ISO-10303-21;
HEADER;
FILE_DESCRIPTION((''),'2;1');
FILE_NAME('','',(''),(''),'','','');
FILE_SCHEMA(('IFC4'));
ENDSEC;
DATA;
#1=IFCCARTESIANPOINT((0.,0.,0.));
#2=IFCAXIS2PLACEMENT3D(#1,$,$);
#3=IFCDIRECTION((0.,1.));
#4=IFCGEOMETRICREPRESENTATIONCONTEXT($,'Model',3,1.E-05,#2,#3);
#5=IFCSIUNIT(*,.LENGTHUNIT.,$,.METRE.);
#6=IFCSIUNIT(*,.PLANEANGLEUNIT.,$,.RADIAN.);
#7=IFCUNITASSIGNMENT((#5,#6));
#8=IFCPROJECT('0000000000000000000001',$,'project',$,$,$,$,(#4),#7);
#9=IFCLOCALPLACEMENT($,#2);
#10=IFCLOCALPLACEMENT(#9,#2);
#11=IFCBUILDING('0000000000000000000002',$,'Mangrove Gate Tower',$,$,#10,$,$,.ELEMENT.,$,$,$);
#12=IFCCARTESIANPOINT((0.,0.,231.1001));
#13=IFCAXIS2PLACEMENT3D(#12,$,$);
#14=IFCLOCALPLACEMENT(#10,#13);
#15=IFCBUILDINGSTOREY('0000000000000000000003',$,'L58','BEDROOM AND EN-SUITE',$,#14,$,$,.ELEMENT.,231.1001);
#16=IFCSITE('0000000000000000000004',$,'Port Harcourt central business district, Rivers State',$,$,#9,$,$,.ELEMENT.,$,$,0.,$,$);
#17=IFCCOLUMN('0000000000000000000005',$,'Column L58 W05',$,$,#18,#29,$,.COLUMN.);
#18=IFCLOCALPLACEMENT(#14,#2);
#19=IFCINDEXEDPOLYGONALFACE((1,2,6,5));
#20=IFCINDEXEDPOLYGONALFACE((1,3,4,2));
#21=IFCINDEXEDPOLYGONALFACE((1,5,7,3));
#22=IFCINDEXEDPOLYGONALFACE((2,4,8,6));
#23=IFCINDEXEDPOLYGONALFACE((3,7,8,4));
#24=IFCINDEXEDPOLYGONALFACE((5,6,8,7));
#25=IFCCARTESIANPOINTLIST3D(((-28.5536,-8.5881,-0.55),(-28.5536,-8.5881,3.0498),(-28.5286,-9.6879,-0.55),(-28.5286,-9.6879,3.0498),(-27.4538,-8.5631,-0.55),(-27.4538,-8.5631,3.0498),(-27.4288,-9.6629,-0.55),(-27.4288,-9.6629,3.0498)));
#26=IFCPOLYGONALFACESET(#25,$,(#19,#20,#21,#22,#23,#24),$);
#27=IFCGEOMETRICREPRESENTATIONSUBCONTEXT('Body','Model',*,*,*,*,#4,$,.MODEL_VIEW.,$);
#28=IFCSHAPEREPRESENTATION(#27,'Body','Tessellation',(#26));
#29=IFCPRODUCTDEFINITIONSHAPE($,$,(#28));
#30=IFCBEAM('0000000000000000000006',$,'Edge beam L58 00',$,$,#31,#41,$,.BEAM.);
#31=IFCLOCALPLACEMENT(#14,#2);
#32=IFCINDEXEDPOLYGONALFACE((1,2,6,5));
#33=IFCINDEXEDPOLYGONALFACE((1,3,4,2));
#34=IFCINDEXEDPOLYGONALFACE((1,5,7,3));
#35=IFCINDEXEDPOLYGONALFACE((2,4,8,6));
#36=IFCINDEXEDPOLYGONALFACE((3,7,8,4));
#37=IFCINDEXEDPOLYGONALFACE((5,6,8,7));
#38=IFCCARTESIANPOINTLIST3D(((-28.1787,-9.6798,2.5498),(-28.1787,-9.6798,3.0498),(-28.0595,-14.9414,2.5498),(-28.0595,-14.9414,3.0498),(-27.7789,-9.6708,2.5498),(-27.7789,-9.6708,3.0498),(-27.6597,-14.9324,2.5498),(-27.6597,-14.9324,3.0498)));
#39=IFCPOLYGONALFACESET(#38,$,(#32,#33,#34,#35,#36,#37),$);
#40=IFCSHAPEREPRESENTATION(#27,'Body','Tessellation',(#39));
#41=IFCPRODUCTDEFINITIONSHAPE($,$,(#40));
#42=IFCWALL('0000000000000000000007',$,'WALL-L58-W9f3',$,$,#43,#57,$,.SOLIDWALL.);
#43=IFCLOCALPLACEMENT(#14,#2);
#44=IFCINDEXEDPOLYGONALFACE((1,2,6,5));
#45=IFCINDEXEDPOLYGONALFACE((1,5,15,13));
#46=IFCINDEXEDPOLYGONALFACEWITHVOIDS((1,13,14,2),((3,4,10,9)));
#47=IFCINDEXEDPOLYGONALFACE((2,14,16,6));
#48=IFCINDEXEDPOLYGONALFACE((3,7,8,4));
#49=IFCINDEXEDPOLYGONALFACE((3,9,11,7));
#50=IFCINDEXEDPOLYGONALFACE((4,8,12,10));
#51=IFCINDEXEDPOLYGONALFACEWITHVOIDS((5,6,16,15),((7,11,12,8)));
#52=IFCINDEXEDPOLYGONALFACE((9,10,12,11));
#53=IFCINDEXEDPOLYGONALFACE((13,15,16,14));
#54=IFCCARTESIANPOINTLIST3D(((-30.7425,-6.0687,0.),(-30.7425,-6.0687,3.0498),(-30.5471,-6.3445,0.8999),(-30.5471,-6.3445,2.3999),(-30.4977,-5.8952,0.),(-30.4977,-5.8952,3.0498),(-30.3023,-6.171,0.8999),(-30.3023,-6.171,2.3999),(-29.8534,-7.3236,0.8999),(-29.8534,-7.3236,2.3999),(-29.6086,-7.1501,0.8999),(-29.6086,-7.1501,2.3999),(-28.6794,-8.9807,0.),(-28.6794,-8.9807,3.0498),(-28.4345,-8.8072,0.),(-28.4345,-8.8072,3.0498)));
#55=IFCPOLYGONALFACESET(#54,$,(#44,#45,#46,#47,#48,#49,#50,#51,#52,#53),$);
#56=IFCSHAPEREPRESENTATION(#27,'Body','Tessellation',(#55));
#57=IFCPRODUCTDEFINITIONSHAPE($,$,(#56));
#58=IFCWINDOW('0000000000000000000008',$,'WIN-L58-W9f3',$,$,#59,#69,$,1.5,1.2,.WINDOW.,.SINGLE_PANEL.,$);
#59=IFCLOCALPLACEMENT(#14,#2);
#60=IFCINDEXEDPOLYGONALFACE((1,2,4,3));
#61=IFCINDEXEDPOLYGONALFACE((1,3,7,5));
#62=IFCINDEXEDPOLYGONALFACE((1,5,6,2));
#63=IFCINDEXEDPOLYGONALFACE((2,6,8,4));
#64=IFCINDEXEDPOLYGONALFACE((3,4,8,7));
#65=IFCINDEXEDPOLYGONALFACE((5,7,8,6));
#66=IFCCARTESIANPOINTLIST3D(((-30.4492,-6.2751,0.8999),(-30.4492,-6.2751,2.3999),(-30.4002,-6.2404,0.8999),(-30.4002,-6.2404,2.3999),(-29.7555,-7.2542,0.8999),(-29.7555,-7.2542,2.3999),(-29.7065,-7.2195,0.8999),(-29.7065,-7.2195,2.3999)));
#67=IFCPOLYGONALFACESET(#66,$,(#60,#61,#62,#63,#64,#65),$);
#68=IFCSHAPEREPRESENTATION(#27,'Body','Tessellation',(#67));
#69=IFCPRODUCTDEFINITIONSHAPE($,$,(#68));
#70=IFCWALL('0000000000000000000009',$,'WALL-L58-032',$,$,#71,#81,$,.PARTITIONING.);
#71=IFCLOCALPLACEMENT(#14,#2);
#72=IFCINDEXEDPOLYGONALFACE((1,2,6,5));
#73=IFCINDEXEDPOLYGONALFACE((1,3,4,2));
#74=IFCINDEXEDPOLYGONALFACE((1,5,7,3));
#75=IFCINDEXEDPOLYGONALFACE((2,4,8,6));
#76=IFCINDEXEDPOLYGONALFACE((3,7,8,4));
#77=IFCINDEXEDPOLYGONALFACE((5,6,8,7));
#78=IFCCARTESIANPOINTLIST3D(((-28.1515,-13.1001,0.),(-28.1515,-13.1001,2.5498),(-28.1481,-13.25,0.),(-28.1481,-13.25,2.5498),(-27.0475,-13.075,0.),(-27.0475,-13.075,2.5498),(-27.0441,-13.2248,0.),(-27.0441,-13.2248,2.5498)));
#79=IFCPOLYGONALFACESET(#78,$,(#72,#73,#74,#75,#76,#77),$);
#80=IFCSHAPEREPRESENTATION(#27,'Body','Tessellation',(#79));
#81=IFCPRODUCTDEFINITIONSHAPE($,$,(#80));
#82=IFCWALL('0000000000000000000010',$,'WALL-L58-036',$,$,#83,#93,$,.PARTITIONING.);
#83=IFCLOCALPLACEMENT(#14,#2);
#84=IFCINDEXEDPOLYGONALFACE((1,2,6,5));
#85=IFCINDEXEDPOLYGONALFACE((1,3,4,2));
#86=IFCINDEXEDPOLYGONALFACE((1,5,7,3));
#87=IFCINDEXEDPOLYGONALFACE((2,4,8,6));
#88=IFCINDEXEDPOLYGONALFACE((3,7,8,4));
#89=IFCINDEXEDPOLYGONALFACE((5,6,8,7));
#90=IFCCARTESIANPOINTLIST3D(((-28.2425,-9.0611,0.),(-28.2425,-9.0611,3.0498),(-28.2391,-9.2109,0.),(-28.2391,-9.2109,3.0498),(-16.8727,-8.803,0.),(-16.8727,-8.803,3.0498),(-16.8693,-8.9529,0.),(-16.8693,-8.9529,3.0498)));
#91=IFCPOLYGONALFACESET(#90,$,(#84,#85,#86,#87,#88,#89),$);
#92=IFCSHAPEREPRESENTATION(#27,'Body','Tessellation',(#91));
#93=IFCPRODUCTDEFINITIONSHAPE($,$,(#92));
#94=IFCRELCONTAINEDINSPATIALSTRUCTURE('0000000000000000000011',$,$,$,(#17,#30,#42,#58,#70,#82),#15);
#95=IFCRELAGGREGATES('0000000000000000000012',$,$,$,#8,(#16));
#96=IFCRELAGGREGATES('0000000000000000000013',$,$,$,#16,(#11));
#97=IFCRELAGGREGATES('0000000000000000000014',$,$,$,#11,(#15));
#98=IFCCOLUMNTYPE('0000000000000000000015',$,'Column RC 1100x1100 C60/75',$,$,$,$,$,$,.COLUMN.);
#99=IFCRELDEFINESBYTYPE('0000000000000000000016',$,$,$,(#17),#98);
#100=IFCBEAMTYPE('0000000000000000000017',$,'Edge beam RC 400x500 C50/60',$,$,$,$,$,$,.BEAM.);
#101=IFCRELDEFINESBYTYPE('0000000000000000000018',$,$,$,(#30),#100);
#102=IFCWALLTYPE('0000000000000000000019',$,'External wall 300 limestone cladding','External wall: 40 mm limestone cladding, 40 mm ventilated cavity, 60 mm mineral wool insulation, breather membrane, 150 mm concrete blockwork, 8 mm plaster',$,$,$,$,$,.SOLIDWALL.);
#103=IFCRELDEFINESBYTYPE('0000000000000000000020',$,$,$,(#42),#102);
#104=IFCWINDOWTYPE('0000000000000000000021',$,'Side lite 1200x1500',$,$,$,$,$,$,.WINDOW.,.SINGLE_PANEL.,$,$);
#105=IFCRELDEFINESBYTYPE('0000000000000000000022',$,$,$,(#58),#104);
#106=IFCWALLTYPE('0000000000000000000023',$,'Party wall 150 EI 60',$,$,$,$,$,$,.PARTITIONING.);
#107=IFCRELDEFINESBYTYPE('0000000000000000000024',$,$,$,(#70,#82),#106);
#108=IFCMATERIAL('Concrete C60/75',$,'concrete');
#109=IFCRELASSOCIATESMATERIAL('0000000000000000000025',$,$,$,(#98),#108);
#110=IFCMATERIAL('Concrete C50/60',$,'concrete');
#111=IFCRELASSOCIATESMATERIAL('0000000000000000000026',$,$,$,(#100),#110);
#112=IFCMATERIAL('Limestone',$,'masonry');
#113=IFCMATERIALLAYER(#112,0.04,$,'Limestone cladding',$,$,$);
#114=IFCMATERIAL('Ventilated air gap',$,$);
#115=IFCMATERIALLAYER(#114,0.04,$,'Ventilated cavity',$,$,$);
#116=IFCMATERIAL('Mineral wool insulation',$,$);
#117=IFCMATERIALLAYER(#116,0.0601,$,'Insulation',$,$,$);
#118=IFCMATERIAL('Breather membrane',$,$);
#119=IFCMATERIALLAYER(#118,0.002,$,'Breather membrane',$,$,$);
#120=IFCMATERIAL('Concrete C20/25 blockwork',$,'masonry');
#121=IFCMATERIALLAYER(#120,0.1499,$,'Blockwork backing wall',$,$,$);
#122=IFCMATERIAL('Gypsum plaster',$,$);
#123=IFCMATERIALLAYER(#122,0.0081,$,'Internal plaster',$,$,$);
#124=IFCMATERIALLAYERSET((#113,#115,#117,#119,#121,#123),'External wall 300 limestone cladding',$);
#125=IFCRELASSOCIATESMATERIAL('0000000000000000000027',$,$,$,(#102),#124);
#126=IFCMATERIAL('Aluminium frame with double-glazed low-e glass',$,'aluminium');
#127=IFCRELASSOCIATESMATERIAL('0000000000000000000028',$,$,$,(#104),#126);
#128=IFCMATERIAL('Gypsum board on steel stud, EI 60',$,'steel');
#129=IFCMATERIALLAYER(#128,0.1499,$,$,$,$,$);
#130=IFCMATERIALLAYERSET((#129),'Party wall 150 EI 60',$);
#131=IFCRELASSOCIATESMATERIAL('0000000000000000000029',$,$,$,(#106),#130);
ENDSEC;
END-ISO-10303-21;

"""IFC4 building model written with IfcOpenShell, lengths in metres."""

from ifc_helpers import new_model, si_unit, direction, frame, frame_2d, origin, origin_2d, place, context, subcontext, project, spatial, rectangle, extrude, material, layer, layer_set, material_profile, profile_set, type_object, element, fill, save


model = new_model("IFC4")

# Units and contexts
model_context = context("Model", 3, precision=1e-05, world=origin(), true_north=direction((0.0, 1.0)))
body_context = subcontext(model_context, "Body", "Model", "MODEL_VIEW")
ifc_project = project(units=[si_unit("LENGTHUNIT", "METRE"), si_unit("PLANEANGLEUNIT", "RADIAN")], contexts=[model_context])

# Site, building, storey
site_placement = place(None, origin())
site = spatial("IfcSite", under=ifc_project, at=site_placement, Name="Port Harcourt central business district, Rivers State", CompositionType="ELEMENT", RefElevation=0.0)
building_placement = place(site_placement, origin())
building = spatial("IfcBuilding", under=site, at=building_placement, Name="Mangrove Gate Tower", CompositionType="ELEMENT")
storey_placement = place(building_placement, frame((0.0, 0.0, 231.1001)))
storey = spatial("IfcBuildingStorey", under=building, at=storey_placement, Name="L58", Description="BEDROOM AND EN-SUITE", CompositionType="ELEMENT", Elevation=231.1001)

# Column
ifc_material_1 = material(Name="Concrete C60/75", Category="concrete")
ifc_material_profile_1 = material_profile(ifc_material_1, rectangle(XDim=1.1001, YDim=1.1001, at=origin_2d()))
ifc_profile_set_1 = profile_set([ifc_material_profile_1], Name="Concrete C60/75")
column_type = type_object("IfcColumnType", Name="Column RC 1100x1100 C60/75", PredefinedType="COLUMN", material=ifc_profile_set_1)
column_placement = place(storey_placement, frame((-27.9912, -9.1255, -0.55), z_axis=(0.0, 0.0, 1.0), x_axis=(0.022672, -0.999743, 0.0)))
element("IfcColumn", 1, at=column_placement, inside=storey, type_object=column_type, Name="Column L58 W05", PredefinedType="COLUMN", context=body_context, shape_type="SweptSolid", body=[
    extrude(rectangle(XDim=1.1001, YDim=1.1001, at=origin_2d()), origin(), (0.0, 0.0, 1.0), 3.5999),
])

# Beam
ifc_material_2 = material(Name="Concrete C50/60", Category="concrete")
ifc_material_profile_2 = material_profile(ifc_material_2, rectangle(XDim=0.3999, YDim=0.5, at=origin_2d()))
ifc_profile_set_2 = profile_set([ifc_material_profile_2], Name="Concrete C50/60")
beam_type = type_object("IfcBeamType", Name="Edge beam RC 400x500 C50/60", PredefinedType="BEAM", material=ifc_profile_set_2)
beam_placement = place(storey_placement, frame((-27.9788, -9.6753, 2.7998), z_axis=(0.022638, -0.999744, 0.0), x_axis=(0.999744, 0.022638, 0.0)))
element("IfcBeam", 2, at=beam_placement, inside=storey, type_object=beam_type, Name="Edge beam L58 00", PredefinedType="BEAM", context=body_context, shape_type="SweptSolid", body=[
    extrude(rectangle(XDim=0.3999, YDim=0.5, at=origin_2d()), origin(), (0.0, 0.0, 1.0), 5.2629),
])

# Wall, opening, window
ifc_material_3 = material(Name="Limestone", Category="masonry")
ifc_layer_1 = layer(ifc_material_3, 0.04, Name="Limestone cladding")
ifc_material_4 = material(Name="Ventilated air gap")
ifc_layer_2 = layer(ifc_material_4, 0.04, Name="Ventilated cavity")
ifc_material_5 = material(Name="Mineral wool insulation")
ifc_layer_3 = layer(ifc_material_5, 0.0601, Name="Insulation")
ifc_material_6 = material(Name="Breather membrane")
ifc_layer_4 = layer(ifc_material_6, 0.002, Name="Breather membrane")
ifc_material_7 = material(Name="Concrete C20/25 blockwork", Category="masonry")
ifc_layer_5 = layer(ifc_material_7, 0.1499, Name="Blockwork backing wall")
ifc_material_8 = material(Name="Gypsum plaster")
ifc_layer_6 = layer(ifc_material_8, 0.0081, Name="Internal plaster")
ifc_layer_set_1 = layer_set([ifc_layer_1, ifc_layer_2, ifc_layer_3, ifc_layer_4, ifc_layer_5, ifc_layer_6], Name="External wall 300 limestone cladding")
wall_type_1 = type_object("IfcWallType", Name="External wall 300 limestone cladding", Description="External wall: 40 mm limestone cladding, 40 mm ventilated cavity, 60 mm mineral wool insulation, breather membrane, 150 mm concrete blockwork, 8 mm plaster", PredefinedType="SOLIDWALL", material=ifc_layer_set_1)
wall_1_placement = place(storey_placement, frame((-30.6201, -5.9819, 0.0), z_axis=(0.0, 0.0, 1.0), x_axis=(0.578108, -0.81596, 0.0)))
wall_1 = element("IfcWall", 3, at=wall_1_placement, inside=storey, type_object=wall_type_1, Name="WALL-L58-W9f3", PredefinedType="SOLIDWALL", context=body_context, shape_type="SweptSolid", body=[
    extrude(rectangle(XDim=3.5688, YDim=0.3, at=frame_2d((1.7844, 0.0))), origin(), (0.0, 0.0, 1.0), 3.0498),
])
opening_1_placement = place(wall_1_placement, frame((0.3379, 0.0, 0.8999)))
opening_1 = element("IfcOpeningElement", 4, at=opening_1_placement, cuts=wall_1, PredefinedType="OPENING", context=body_context, shape_type="SweptSolid", body=[
    extrude(rectangle(XDim=1.2, YDim=1.5, at=frame_2d((0.6001, 0.75))), frame((0.0, 0.1599, 0.0), z_axis=(0.0, -1.0, 0.0), x_axis=(1.0, 0.0, 0.0)), (0.0, 0.0, 1.0), 0.3201),
])
ifc_material_9 = material(Name="Aluminium frame with double-glazed low-e glass", Category="aluminium")
window_type_1 = type_object("IfcWindowType", Name="Side lite 1200x1500", PartitioningType="SINGLE_PANEL", PredefinedType="WINDOW", material=ifc_material_9)
window_1_placement = place(opening_1_placement, origin())
window_1 = element("IfcWindow", 5, at=window_1_placement, inside=storey, type_object=window_type_1, Name="WIN-L58-W9f3", OverallHeight=1.5, OverallWidth=1.2, PartitioningType="SINGLE_PANEL", PredefinedType="WINDOW", context=body_context, shape_type="SweptSolid", body=[
    extrude(rectangle(XDim=1.2, YDim=1.5, at=frame_2d((0.6001, 0.75))), frame((0.0, 0.03, 0.0), z_axis=(0.0, -1.0, 0.0), x_axis=(1.0, 0.0, 0.0)), (0.0, 0.0, 1.0), 0.0601),
])
fill(opening_1, window_1)

# Walls
ifc_material_10 = material(Name="Gypsum board on steel stud, EI 60", Category="steel")
ifc_layer_7 = layer(ifc_material_10, 0.1499)
ifc_layer_set_2 = layer_set([ifc_layer_7], Name="Party wall 150 EI 60")
wall_type_2 = type_object("IfcWallType", Name="Party wall 150 EI 60", PredefinedType="PARTITIONING", material=ifc_layer_set_2)
wall_2_placement = place(storey_placement, frame((-28.1499, -13.175, 0.0), z_axis=(0.0, 0.0, 1.0), x_axis=(0.999741, 0.022772, 0.0)))
element("IfcWall", 6, at=wall_2_placement, inside=storey, type_object=wall_type_2, Name="WALL-L58-032", PredefinedType="PARTITIONING", context=body_context, shape_type="SweptSolid", body=[
    extrude(rectangle(XDim=1.1042, YDim=0.1499, at=frame_2d((0.5522, 0.0))), origin(), (0.0, 0.0, 1.0), 2.5498),
])
wall_3_placement = place(storey_placement, frame((-28.241, -9.136, 0.0), z_axis=(0.0, 0.0, 1.0), x_axis=(0.999743, 0.022691, 0.0)))
element("IfcWall", 7, at=wall_3_placement, inside=storey, type_object=wall_type_2, Name="WALL-L58-036", PredefinedType="PARTITIONING", context=body_context, shape_type="SweptSolid", body=[
    extrude(rectangle(XDim=11.3728, YDim=0.1499, at=frame_2d((5.6865, 0.0))), origin(), (0.0, 0.0, 1.0), 3.0498),
])

save(model, "model.ifc")
